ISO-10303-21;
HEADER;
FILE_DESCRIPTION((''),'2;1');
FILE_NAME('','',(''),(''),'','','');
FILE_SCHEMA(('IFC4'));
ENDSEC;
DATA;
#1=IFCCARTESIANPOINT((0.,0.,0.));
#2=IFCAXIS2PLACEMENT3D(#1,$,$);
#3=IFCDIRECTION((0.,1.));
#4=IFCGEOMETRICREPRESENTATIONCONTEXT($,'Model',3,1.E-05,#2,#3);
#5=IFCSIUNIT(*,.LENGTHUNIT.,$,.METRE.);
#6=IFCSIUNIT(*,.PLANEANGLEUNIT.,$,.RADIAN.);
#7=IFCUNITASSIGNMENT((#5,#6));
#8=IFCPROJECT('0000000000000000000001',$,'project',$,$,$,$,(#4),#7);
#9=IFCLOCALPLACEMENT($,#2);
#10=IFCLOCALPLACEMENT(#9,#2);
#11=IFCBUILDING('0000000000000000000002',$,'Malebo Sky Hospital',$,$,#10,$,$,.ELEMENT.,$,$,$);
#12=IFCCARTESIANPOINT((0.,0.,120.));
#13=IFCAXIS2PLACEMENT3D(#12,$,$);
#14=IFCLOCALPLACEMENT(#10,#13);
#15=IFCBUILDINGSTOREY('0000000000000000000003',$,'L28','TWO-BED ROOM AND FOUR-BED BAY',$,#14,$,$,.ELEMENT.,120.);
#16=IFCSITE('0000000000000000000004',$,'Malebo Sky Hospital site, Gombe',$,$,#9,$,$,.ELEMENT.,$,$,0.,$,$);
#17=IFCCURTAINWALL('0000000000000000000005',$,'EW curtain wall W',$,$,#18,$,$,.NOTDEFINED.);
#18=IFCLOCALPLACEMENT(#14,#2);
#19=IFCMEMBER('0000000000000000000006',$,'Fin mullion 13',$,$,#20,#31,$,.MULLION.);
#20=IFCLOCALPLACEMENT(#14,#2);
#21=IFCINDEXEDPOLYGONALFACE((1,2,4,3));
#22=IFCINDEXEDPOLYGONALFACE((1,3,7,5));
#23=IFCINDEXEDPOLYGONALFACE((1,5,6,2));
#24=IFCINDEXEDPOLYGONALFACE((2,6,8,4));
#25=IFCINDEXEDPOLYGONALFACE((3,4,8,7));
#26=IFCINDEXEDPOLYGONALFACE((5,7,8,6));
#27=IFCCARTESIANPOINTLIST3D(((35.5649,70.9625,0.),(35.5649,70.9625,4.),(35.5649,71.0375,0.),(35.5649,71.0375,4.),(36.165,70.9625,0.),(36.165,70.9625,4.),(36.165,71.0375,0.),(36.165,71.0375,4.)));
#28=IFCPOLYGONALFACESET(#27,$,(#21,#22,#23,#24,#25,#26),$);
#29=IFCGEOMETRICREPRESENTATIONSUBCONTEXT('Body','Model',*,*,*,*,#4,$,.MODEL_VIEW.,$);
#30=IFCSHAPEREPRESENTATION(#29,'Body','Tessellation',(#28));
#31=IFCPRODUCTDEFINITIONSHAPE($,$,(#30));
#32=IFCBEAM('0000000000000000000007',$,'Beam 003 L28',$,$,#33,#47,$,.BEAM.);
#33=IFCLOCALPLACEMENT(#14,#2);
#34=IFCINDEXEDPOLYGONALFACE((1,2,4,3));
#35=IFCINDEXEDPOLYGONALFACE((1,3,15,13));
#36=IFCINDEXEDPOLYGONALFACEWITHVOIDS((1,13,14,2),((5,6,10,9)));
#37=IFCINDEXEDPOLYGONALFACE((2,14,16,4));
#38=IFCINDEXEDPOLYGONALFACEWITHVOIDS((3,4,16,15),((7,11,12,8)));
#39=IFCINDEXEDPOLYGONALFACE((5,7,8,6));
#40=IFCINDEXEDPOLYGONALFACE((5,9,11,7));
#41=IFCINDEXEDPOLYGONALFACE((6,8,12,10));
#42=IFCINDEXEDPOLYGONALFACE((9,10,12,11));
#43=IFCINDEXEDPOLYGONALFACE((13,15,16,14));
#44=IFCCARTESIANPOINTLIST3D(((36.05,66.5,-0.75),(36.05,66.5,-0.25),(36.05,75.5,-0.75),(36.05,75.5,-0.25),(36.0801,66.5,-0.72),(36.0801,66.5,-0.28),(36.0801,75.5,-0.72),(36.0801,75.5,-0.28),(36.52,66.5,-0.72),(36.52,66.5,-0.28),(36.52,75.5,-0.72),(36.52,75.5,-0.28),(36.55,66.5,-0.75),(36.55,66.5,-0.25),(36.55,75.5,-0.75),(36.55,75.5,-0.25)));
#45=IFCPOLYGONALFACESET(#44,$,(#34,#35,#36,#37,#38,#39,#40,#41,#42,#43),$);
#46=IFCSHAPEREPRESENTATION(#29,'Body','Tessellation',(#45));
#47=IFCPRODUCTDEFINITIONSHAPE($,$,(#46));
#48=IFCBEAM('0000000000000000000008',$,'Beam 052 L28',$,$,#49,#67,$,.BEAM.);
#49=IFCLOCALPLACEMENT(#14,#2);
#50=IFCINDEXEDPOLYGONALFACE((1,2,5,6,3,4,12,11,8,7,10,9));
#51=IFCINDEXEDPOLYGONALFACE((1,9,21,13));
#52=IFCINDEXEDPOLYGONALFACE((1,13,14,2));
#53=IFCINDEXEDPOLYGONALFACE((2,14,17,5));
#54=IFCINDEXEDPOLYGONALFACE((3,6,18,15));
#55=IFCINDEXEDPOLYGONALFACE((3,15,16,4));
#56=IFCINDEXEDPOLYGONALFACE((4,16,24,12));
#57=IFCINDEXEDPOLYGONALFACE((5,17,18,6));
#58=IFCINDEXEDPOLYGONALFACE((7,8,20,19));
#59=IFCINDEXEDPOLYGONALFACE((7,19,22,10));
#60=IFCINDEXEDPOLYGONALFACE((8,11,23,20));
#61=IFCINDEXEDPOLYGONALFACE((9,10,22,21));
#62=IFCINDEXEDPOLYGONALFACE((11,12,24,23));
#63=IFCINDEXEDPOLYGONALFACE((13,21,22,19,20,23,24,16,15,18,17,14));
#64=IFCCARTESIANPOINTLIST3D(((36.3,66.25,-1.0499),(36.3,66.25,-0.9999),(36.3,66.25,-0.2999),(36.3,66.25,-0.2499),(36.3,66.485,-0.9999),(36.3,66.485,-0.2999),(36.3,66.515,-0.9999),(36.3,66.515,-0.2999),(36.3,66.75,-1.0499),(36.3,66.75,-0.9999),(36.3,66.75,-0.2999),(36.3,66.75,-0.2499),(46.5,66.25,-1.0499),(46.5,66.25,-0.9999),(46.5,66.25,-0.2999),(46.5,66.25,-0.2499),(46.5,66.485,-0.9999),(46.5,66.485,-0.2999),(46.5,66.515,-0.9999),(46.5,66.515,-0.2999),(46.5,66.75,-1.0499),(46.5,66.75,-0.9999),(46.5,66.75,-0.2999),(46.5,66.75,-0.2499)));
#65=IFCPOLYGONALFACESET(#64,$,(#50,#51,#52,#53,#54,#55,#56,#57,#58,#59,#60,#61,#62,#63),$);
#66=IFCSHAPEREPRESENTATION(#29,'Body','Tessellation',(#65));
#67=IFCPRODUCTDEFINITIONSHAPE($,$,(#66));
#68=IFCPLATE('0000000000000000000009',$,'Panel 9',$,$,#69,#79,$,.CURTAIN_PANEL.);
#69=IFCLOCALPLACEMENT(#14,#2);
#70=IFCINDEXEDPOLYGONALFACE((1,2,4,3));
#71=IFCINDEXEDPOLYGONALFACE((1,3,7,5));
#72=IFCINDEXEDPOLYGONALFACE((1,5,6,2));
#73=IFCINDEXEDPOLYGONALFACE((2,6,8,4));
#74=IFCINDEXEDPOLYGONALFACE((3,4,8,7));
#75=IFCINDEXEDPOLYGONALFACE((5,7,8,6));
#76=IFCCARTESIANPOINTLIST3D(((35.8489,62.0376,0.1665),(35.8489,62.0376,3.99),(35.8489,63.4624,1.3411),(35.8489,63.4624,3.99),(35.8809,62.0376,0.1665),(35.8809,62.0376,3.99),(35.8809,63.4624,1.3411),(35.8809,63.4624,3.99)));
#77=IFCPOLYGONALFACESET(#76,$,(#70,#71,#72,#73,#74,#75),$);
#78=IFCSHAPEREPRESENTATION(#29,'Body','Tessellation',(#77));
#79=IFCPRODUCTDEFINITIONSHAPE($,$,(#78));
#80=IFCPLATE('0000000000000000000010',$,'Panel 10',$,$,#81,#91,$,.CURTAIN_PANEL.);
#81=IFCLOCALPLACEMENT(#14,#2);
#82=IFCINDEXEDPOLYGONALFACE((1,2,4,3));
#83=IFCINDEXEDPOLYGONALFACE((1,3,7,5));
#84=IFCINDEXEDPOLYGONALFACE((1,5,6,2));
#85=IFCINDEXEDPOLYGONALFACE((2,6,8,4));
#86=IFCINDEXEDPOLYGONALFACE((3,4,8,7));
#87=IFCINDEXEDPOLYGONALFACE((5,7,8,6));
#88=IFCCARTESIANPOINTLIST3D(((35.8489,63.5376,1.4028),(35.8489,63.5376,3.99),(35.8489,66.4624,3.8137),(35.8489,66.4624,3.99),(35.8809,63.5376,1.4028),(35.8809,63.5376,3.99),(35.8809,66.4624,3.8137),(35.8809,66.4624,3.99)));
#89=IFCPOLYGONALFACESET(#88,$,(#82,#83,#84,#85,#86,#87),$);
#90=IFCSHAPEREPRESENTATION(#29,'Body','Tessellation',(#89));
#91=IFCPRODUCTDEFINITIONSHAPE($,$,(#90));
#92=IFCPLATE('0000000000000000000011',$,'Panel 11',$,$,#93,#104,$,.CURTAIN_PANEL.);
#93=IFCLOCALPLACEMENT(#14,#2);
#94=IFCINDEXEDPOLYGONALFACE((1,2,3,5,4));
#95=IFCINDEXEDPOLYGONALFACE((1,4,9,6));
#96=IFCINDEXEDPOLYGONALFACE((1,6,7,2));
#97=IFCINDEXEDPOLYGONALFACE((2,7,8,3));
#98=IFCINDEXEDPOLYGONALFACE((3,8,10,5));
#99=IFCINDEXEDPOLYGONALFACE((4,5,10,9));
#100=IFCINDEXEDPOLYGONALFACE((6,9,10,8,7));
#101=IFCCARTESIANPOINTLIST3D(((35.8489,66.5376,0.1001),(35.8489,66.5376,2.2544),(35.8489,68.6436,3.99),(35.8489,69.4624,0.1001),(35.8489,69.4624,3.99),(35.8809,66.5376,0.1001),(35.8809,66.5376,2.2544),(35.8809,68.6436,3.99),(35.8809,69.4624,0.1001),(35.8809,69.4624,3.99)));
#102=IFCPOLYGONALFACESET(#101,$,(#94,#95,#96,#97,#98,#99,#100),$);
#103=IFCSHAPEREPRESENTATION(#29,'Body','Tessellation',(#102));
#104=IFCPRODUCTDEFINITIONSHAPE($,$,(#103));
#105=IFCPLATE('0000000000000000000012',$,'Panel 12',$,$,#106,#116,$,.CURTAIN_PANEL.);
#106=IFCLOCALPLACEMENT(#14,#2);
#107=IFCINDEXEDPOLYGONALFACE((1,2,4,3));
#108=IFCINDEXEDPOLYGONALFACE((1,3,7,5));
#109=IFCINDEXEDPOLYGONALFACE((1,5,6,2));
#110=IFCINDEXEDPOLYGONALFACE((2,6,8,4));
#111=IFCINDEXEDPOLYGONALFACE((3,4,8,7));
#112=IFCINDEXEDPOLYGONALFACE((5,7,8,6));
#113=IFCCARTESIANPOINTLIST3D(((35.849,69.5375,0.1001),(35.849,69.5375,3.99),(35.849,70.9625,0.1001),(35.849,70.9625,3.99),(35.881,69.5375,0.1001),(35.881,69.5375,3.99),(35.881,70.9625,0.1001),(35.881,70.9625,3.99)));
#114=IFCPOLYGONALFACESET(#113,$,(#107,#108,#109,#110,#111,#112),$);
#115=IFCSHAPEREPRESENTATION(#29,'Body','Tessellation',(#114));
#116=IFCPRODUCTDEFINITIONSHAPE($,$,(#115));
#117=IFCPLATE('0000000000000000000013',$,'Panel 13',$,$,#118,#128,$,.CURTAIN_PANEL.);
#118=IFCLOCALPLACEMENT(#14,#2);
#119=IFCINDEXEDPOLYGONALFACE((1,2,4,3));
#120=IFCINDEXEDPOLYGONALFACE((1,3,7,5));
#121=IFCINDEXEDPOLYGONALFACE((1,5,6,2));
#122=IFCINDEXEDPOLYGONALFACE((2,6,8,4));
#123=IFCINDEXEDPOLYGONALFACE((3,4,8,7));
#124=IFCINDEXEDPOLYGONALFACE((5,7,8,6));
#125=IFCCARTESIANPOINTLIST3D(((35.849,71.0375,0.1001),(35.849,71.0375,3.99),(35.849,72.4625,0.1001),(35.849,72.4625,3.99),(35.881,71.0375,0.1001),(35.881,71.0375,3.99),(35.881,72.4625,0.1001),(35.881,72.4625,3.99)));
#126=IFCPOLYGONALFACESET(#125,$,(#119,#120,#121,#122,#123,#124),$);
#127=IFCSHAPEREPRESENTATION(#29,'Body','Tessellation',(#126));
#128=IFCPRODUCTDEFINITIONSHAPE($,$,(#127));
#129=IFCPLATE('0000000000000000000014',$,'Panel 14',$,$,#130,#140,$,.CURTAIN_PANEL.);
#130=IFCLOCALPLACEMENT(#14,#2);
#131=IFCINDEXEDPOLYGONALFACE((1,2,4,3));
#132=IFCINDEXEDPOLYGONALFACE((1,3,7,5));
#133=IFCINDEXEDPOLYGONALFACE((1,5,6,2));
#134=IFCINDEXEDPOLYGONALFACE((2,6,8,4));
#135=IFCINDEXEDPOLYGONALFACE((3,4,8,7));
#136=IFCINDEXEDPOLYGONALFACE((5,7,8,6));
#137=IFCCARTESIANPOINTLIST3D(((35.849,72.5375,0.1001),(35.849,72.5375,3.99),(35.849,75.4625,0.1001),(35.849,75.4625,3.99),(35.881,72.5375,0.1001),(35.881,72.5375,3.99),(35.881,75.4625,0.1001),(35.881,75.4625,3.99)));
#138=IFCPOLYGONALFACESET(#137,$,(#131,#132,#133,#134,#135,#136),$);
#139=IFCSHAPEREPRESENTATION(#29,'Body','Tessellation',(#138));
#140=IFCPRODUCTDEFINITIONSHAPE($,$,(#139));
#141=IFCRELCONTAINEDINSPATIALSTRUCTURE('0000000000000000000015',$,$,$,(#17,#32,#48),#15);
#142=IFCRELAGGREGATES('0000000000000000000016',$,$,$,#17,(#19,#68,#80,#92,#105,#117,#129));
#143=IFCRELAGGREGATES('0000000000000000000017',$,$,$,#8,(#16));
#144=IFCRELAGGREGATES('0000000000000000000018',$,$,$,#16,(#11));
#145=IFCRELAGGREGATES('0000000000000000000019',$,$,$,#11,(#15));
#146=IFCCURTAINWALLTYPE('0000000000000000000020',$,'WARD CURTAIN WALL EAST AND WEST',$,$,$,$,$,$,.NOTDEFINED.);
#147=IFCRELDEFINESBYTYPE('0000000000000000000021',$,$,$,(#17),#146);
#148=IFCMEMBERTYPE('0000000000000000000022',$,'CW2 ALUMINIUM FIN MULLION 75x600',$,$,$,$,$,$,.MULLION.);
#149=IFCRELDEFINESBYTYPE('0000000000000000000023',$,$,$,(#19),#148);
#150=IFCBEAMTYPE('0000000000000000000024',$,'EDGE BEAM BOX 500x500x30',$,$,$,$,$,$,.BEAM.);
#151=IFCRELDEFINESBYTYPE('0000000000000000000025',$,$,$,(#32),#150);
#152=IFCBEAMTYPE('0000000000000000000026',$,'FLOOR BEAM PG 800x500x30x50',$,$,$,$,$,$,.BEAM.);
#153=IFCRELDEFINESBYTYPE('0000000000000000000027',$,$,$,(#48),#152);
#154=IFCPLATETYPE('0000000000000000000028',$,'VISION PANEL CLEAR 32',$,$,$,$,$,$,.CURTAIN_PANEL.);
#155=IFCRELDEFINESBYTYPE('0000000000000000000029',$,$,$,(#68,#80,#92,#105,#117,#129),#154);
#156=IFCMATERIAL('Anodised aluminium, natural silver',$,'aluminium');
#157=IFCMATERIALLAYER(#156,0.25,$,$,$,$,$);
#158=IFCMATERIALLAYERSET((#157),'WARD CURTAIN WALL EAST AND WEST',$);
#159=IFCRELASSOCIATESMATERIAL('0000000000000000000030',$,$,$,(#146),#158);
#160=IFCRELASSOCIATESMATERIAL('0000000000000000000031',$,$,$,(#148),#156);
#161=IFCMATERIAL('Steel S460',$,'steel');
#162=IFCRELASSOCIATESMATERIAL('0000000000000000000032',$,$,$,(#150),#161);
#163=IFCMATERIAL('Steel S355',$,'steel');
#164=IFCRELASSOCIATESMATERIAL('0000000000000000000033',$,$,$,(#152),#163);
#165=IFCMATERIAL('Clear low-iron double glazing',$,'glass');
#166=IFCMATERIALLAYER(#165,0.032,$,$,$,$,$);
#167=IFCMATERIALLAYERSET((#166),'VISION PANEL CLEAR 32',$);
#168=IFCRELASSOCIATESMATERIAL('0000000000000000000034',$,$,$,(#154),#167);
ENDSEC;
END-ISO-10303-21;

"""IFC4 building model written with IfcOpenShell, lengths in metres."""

from ifc_helpers import new_model, si_unit, direction, frame, origin, origin_2d, place, context, subcontext, project, spatial, polyline, rectangle, hollow_rectangle, i_section, outline, extrude, material, layer, layer_set, material_profile, profile_set, type_object, element, aggregate, save


model = new_model("IFC4")

# Units and contexts
model_context = context("Model", 3, precision=1e-05, world=origin(), true_north=direction((0.0, 1.0)))
body_context = subcontext(model_context, "Body", "Model", "MODEL_VIEW")
ifc_project = project(units=[si_unit("LENGTHUNIT", "METRE"), si_unit("PLANEANGLEUNIT", "RADIAN")], contexts=[model_context])

# Site, building, storey
site_placement = place(None, origin())
site = spatial("IfcSite", under=ifc_project, at=site_placement, Name="Malebo Sky Hospital site, Gombe", CompositionType="ELEMENT", RefElevation=0.0)
building_placement = place(site_placement, origin())
building = spatial("IfcBuilding", under=site, at=building_placement, Name="Malebo Sky Hospital", CompositionType="ELEMENT")
storey_placement = place(building_placement, frame((0.0, 0.0, 120.0)))
storey = spatial("IfcBuildingStorey", under=building, at=storey_placement, Name="L28", Description="TWO-BED ROOM AND FOUR-BED BAY", CompositionType="ELEMENT", Elevation=120.0)

# Shared definitions
ifc_material_1 = material(Name="Steel S460", Category="steel")

# Curtain wall
ifc_material_2 = material(Name="Anodised aluminium, natural silver", Category="aluminium")
ifc_layer_1 = layer(ifc_material_2, 0.25)
ifc_layer_set_1 = layer_set([ifc_layer_1], Name="WARD CURTAIN WALL EAST AND WEST")
curtain_wall_type = type_object("IfcCurtainWallType", Name="WARD CURTAIN WALL EAST AND WEST", PredefinedType="NOTDEFINED", material=ifc_layer_set_1)
curtain_wall_placement = place(storey_placement, origin())
curtain_wall = element("IfcCurtainWall", 1, at=curtain_wall_placement, inside=storey, type_object=curtain_wall_type, Name="EW curtain wall W", PredefinedType="NOTDEFINED")

# Member
ifc_material_3 = material(Name="Steel S355", Category="steel")
ifc_material_profile_1 = material_profile(ifc_material_2, rectangle(XDim=0.075, YDim=0.6001, at=origin_2d()), Name="CW2 ALUMINIUM FIN MULLION 75x600")
ifc_profile_set_1 = profile_set([ifc_material_profile_1], Name="Anodised aluminium, natural silver")
member_type_1 = type_object("IfcMemberType", Name="CW2 ALUMINIUM FIN MULLION 75x600", PredefinedType="MULLION", material=ifc_profile_set_1)
member_1_placement = place(storey_placement, frame((35.865, 71.0, 0.0), z_axis=(0.0, 0.0, 1.0), x_axis=(0.0, 1.0, 0.0)))
member_1 = element("IfcMember", 2, at=member_1_placement, type_object=member_type_1, Name="Fin mullion 13", PredefinedType="MULLION", context=body_context, shape_type="SweptSolid", body=[
    extrude(rectangle(XDim=0.075, YDim=0.6001, at=origin_2d()), origin(), (0.0, 0.0, 1.0), 4.0),
])

# Beams
ifc_material_profile_2 = material_profile(ifc_material_1, hollow_rectangle(XDim=0.5, YDim=0.5, WallThickness=0.03, at=origin_2d()), Name="BOX 500x500x30")
ifc_profile_set_2 = profile_set([ifc_material_profile_2], Name="Steel S460")
beam_type_1 = type_object("IfcBeamType", Name="EDGE BEAM BOX 500x500x30", PredefinedType="BEAM", material=ifc_profile_set_2)
beam_1_placement = place(storey_placement, frame((36.3, 66.5, -0.5), z_axis=(0.0, 1.0, 0.0), x_axis=(-1.0, 0.0, 0.0)))
element("IfcBeam", 3, at=beam_1_placement, inside=storey, type_object=beam_type_1, Name="Beam 003 L28", PredefinedType="BEAM", context=body_context, shape_type="SweptSolid", body=[
    extrude(hollow_rectangle(XDim=0.5, YDim=0.5, WallThickness=0.03, at=origin_2d()), origin(), (0.0, 0.0, 1.0), 9.0),
])
ifc_material_profile_3 = material_profile(ifc_material_3, i_section(OverallWidth=0.5, OverallDepth=0.8, WebThickness=0.03, FlangeThickness=0.05, at=origin_2d()), Name="PG 800x500x30x50")
ifc_profile_set_3 = profile_set([ifc_material_profile_3], Name="Steel S355")
beam_type_2 = type_object("IfcBeamType", Name="FLOOR BEAM PG 800x500x30x50", PredefinedType="BEAM", material=ifc_profile_set_3)
beam_2_placement = place(storey_placement, frame((36.3, 66.5, -0.6499), z_axis=(1.0, 0.0, 0.0), x_axis=(0.0, 1.0, 0.0)))
element("IfcBeam", 4, at=beam_2_placement, inside=storey, type_object=beam_type_2, Name="Beam 052 L28", PredefinedType="BEAM", context=body_context, shape_type="SweptSolid", body=[
    extrude(i_section(OverallWidth=0.5, OverallDepth=0.8, WebThickness=0.03, FlangeThickness=0.05, at=origin_2d()), origin(), (0.0, 0.0, 1.0), 10.2),
])

# Plates
ifc_material_4 = material(Name="Clear low-iron double glazing", Category="glass")
ifc_layer_2 = layer(ifc_material_4, 0.032)
ifc_layer_set_2 = layer_set([ifc_layer_2], Name="VISION PANEL CLEAR 32")
plate_type = type_object("IfcPlateType", Name="VISION PANEL CLEAR 32", PredefinedType="CURTAIN_PANEL", material=ifc_layer_set_2)
plate_1_placement = place(storey_placement, frame((35.865, 62.75, 0.1665), z_axis=(0.0, 0.0, 1.0), x_axis=(0.0, 1.0, 0.0)))
plate_1 = element("IfcPlate", 5, at=plate_1_placement, type_object=plate_type, Name="Panel 9", PredefinedType="CURTAIN_PANEL", context=body_context, shape_type="SweptSolid", body=[
    extrude(outline(polyline([(-0.7124, 0.0), (0.7124, 1.1746), (0.7124, 3.8235), (-0.7124, 3.8235), (-0.7124, 0.0)])), frame((0.0, 0.0161, 0.0), z_axis=(0.0, -1.0, 0.0), x_axis=(1.0, 0.0, 0.0)), (0.0, 0.0, 1.0), 0.032),
])
plate_2_placement = place(storey_placement, frame((35.865, 65.0, 1.4028), z_axis=(0.0, 0.0, 1.0), x_axis=(0.0, 1.0, 0.0)))
plate_2 = element("IfcPlate", 6, at=plate_2_placement, type_object=plate_type, Name="Panel 10", PredefinedType="CURTAIN_PANEL", context=body_context, shape_type="SweptSolid", body=[
    extrude(outline(polyline([(-1.4624, 0.0), (1.4624, 2.4109), (1.4624, 2.5872), (-1.4624, 2.5872), (-1.4624, 0.0)])), frame((0.0, 0.0161, 0.0), z_axis=(0.0, -1.0, 0.0), x_axis=(1.0, 0.0, 0.0)), (0.0, 0.0, 1.0), 0.032),
])
plate_3_placement = place(storey_placement, frame((35.865, 68.0, 0.1001), z_axis=(0.0, 0.0, 1.0), x_axis=(0.0, 1.0, 0.0)))
plate_3 = element("IfcPlate", 7, at=plate_3_placement, type_object=plate_type, Name="Panel 11", PredefinedType="CURTAIN_PANEL", context=body_context, shape_type="SweptSolid", body=[
    extrude(outline(polyline([(-1.4624, 0.0), (1.4624, 0.0), (1.4624, 3.8899), (0.6436, 3.8899), (-1.4624, 2.1543), (-1.4624, 0.0)])), frame((0.0, 0.0161, 0.0), z_axis=(0.0, -1.0, 0.0), x_axis=(1.0, 0.0, 0.0)), (0.0, 0.0, 1.0), 0.032),
])
plate_4_placement = place(storey_placement, frame((35.865, 70.25, 0.1001), z_axis=(0.0, 0.0, 1.0), x_axis=(0.0, 1.0, 0.0)))
plate_4 = element("IfcPlate", 8, at=plate_4_placement, type_object=plate_type, Name="Panel 12", PredefinedType="CURTAIN_PANEL", context=body_context, shape_type="SweptSolid", body=[
    extrude(rectangle(XDim=1.425, YDim=0.032, at=origin_2d()), origin(), (0.0, 0.0, 1.0), 3.8899),
])
plate_5_placement = place(storey_placement, frame((35.865, 71.75, 0.1001), z_axis=(0.0, 0.0, 1.0), x_axis=(0.0, 1.0, 0.0)))
plate_5 = element("IfcPlate", 9, at=plate_5_placement, type_object=plate_type, Name="Panel 13", PredefinedType="CURTAIN_PANEL", context=body_context, shape_type="SweptSolid", body=[
    extrude(rectangle(XDim=1.425, YDim=0.032, at=origin_2d()), origin(), (0.0, 0.0, 1.0), 3.8899),
])
plate_6_placement = place(storey_placement, frame((35.865, 74.0, 0.1001), z_axis=(0.0, 0.0, 1.0), x_axis=(0.0, 1.0, 0.0)))
plate_6 = element("IfcPlate", 10, at=plate_6_placement, type_object=plate_type, Name="Panel 14", PredefinedType="CURTAIN_PANEL", context=body_context, shape_type="SweptSolid", body=[
    extrude(rectangle(XDim=2.925, YDim=0.032, at=origin_2d()), origin(), (0.0, 0.0, 1.0), 3.8899),
])
aggregate(curtain_wall, [member_1, plate_1, plate_2, plate_3, plate_4, plate_5, plate_6])

save(model, "model.ifc")
